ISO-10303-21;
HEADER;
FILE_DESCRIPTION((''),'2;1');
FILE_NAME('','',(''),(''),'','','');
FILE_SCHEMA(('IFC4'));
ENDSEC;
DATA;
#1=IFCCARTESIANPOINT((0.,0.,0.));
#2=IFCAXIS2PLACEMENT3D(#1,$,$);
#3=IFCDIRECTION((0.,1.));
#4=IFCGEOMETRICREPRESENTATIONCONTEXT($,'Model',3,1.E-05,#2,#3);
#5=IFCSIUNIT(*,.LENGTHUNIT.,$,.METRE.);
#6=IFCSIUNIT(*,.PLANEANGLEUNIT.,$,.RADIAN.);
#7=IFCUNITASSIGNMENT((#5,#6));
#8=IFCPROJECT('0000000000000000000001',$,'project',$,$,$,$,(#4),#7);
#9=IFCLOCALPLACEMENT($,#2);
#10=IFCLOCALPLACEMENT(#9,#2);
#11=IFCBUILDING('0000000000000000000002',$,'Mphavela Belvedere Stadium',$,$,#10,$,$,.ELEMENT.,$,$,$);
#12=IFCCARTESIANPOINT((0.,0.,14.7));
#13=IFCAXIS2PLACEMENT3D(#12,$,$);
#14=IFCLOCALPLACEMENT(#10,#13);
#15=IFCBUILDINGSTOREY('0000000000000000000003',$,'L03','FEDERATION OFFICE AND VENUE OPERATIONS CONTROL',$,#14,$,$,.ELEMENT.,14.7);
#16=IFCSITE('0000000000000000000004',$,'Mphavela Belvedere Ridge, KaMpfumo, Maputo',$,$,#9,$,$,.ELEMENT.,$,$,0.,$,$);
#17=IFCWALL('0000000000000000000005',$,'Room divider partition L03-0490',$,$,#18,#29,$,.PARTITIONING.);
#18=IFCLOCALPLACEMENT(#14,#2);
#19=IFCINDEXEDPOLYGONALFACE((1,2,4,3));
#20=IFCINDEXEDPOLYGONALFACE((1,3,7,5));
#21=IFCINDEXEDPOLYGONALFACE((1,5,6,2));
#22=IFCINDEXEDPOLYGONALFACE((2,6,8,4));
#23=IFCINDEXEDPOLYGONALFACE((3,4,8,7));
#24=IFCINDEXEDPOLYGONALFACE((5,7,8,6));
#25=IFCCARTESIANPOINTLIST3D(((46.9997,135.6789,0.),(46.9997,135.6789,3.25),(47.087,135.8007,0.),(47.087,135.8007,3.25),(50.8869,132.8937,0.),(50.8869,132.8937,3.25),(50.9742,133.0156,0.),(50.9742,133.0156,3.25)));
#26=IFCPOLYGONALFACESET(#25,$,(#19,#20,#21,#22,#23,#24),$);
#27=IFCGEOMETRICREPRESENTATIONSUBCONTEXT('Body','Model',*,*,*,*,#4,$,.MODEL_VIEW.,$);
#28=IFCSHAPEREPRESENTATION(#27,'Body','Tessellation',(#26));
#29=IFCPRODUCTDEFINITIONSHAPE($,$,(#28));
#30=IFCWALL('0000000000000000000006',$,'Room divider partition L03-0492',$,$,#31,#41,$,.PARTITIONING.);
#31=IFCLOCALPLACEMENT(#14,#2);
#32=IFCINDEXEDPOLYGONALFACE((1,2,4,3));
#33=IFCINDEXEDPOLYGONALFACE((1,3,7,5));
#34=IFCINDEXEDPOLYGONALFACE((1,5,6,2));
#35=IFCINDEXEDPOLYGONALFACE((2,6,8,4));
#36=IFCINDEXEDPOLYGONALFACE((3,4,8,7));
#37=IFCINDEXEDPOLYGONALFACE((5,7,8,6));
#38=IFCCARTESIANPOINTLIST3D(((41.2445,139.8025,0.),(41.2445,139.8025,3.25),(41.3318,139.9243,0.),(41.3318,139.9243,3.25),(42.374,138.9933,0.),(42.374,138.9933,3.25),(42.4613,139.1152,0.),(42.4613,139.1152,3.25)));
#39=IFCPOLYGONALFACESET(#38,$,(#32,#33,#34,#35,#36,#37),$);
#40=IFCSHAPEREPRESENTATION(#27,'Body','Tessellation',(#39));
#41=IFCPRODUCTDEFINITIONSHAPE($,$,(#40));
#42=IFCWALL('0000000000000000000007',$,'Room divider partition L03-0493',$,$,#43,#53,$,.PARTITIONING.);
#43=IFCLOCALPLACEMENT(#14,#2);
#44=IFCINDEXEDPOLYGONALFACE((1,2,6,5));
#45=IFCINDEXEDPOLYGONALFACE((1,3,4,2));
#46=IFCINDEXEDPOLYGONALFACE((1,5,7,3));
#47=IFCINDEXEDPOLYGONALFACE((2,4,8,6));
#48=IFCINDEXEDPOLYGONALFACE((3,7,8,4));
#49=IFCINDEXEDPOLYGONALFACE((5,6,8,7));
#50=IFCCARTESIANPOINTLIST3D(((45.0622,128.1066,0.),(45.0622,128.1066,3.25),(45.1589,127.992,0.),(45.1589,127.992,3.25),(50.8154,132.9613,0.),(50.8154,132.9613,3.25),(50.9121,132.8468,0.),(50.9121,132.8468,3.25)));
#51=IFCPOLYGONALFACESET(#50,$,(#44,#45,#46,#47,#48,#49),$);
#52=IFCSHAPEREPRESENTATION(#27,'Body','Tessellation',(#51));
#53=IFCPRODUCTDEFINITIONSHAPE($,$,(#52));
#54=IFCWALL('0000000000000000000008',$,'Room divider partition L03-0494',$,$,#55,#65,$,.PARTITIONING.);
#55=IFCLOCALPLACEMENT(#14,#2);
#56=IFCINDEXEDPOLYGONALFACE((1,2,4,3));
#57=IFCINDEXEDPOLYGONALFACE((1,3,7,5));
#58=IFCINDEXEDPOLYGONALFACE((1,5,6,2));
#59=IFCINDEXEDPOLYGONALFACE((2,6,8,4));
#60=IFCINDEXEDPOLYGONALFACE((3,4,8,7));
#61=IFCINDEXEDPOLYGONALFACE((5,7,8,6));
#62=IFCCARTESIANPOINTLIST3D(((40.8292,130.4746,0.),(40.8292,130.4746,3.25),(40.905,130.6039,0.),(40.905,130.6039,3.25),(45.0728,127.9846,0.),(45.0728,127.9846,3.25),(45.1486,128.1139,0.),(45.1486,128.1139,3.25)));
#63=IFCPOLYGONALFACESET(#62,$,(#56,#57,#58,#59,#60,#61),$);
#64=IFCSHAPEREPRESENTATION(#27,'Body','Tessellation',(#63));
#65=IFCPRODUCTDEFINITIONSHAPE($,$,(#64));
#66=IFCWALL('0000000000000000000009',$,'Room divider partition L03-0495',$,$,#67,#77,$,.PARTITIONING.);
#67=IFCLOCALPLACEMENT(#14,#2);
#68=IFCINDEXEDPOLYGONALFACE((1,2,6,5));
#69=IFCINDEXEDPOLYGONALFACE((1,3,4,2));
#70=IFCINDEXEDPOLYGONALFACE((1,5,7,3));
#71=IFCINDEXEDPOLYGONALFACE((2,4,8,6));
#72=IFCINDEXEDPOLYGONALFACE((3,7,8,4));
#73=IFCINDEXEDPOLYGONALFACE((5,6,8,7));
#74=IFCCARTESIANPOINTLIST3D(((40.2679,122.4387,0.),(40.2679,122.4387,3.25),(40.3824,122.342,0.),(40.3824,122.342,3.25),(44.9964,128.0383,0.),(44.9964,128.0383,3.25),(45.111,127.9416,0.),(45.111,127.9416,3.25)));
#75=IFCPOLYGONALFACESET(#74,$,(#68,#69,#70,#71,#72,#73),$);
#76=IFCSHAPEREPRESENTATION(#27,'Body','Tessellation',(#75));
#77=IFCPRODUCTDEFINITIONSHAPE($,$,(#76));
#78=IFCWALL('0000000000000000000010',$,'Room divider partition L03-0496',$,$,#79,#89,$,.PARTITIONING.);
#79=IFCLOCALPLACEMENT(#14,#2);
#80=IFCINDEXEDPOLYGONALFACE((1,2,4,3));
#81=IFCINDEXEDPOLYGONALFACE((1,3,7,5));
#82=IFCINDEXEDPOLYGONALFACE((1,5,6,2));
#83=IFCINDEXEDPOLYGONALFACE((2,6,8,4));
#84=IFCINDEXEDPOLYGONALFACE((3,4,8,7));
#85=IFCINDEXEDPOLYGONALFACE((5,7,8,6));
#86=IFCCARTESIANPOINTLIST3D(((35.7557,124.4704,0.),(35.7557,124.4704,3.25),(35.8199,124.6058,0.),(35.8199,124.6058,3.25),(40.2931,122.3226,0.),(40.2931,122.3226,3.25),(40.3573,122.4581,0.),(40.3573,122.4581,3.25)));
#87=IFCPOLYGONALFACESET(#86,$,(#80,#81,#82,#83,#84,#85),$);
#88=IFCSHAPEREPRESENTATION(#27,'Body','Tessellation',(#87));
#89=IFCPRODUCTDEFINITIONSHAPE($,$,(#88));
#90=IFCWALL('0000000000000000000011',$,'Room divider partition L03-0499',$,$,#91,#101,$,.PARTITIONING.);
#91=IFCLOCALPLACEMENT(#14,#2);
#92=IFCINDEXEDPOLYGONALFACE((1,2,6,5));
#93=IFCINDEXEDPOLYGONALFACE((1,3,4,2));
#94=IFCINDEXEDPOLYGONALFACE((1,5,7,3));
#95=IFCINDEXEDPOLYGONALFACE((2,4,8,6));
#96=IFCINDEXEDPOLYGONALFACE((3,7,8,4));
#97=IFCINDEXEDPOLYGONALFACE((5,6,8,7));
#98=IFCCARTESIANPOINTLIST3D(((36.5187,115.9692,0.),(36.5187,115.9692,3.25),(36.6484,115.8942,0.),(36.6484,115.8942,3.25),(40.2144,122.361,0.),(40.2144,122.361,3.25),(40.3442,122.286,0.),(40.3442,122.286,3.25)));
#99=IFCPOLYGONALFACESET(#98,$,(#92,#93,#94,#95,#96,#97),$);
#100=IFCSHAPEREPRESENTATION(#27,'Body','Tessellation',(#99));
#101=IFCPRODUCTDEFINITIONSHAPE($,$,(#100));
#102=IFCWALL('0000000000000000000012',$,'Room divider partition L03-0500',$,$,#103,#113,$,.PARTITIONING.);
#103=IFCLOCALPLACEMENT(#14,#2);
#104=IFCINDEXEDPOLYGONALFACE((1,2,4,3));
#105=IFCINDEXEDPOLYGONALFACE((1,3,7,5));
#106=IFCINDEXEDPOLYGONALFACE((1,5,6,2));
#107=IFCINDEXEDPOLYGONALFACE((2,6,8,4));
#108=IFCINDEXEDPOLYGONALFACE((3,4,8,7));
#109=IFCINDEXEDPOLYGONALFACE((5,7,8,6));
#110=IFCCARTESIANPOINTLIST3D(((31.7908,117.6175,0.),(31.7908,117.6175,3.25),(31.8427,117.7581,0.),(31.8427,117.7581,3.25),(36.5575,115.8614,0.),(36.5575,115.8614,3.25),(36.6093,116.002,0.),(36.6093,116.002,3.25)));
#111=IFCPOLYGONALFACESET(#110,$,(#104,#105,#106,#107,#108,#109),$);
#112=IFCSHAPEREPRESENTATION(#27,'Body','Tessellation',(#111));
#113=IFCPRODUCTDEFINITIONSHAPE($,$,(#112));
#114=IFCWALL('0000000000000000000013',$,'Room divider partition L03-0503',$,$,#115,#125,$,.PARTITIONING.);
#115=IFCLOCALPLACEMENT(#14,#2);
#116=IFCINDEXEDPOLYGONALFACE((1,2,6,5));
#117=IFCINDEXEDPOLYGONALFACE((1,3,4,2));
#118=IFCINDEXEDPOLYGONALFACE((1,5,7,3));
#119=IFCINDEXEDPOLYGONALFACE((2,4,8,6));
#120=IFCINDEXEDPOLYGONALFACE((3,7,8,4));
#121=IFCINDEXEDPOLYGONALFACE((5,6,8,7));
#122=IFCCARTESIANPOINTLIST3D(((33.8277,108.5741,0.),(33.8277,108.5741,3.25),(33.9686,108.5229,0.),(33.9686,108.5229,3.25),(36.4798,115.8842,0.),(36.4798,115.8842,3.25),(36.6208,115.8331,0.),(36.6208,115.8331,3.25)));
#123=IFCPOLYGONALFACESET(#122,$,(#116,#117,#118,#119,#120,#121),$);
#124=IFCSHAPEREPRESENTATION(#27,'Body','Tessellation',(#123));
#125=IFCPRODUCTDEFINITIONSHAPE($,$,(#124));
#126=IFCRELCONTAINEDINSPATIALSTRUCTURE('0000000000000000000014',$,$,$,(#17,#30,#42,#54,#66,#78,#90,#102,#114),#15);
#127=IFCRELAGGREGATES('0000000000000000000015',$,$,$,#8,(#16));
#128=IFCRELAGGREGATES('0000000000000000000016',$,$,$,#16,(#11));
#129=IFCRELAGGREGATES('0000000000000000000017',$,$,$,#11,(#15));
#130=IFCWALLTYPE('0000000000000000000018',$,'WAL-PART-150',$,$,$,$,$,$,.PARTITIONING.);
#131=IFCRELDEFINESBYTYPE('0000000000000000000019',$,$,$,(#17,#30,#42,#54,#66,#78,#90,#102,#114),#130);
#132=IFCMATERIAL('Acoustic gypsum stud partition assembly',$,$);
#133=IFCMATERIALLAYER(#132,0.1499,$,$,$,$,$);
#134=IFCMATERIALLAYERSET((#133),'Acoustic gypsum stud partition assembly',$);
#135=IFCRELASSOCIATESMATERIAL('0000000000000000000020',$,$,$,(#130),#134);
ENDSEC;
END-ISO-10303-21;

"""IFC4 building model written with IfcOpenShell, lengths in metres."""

from ifc_helpers import new_model, si_unit, direction, frame, frame_2d, origin, place, context, subcontext, project, spatial, rectangle, extrude, material, layer, layer_set, type_object, element, save


model = new_model("IFC4")

# Units and contexts
model_context = context("Model", 3, precision=1e-05, world=origin(), true_north=direction((0.0, 1.0)))
body_context = subcontext(model_context, "Body", "Model", "MODEL_VIEW")
ifc_project = project(units=[si_unit("LENGTHUNIT", "METRE"), si_unit("PLANEANGLEUNIT", "RADIAN")], contexts=[model_context])

# Site, building, storey
site_placement = place(None, origin())
site = spatial("IfcSite", under=ifc_project, at=site_placement, Name="Mphavela Belvedere Ridge, KaMpfumo, Maputo", CompositionType="ELEMENT", RefElevation=0.0)
building_placement = place(site_placement, origin())
building = spatial("IfcBuilding", under=site, at=building_placement, Name="Mphavela Belvedere Stadium", CompositionType="ELEMENT")
storey_placement = place(building_placement, frame((0.0, 0.0, 14.7)))
storey = spatial("IfcBuildingStorey", under=building, at=storey_placement, Name="L03", Description="FEDERATION OFFICE AND VENUE OPERATIONS CONTROL", CompositionType="ELEMENT", Elevation=14.7)

# Shared definitions
ifc_material_1 = material(Name="Acoustic gypsum stud partition assembly")
ifc_layer_1 = layer(ifc_material_1, 0.1499)
ifc_layer_set_1 = layer_set([ifc_layer_1], Name="Acoustic gypsum stud partition assembly")
wall_type_1 = type_object("IfcWallType", Name="WAL-PART-150", PredefinedType="PARTITIONING", material=ifc_layer_set_1)

# Walls
wall_1_placement = place(storey_placement, frame((50.9307, 132.9546, 0.0), z_axis=(0.0, 0.0, 1.0), x_axis=(-0.812884, 0.582426, 0.0)))
element("IfcWall", 1, at=wall_1_placement, inside=storey, type_object=wall_type_1, Name="Room divider partition L03-0490", PredefinedType="PARTITIONING", context=body_context, shape_type="SweptSolid", body=[
    extrude(rectangle(XDim=4.782, YDim=0.1499, at=frame_2d((2.3911, 0.0))), origin(), (0.0, 0.0, 1.0), 3.25),
])
wall_2_placement = place(storey_placement, frame((42.4177, 139.0542, 0.0), z_axis=(0.0, 0.0, 1.0), x_axis=(-0.812925, 0.582368, 0.0)))
element("IfcWall", 2, at=wall_2_placement, inside=storey, type_object=wall_type_1, Name="Room divider partition L03-0492", PredefinedType="PARTITIONING", context=body_context, shape_type="SweptSolid", body=[
    extrude(rectangle(XDim=1.3894, YDim=0.1499, at=frame_2d((0.6948, 0.0))), origin(), (0.0, 0.0, 1.0), 3.25),
])
wall_3_placement = place(storey_placement, frame((50.8638, 132.9041, 0.0), z_axis=(0.0, 0.0, 1.0), x_axis=(-0.764259, -0.644909, 0.0)))
element("IfcWall", 3, at=wall_3_placement, inside=storey, type_object=wall_type_1, Name="Room divider partition L03-0493", PredefinedType="PARTITIONING", context=body_context, shape_type="SweptSolid", body=[
    extrude(rectangle(XDim=7.5278, YDim=0.1499, at=frame_2d((3.7639, 0.0))), origin(), (0.0, 0.0, 1.0), 3.25),
])
wall_4_placement = place(storey_placement, frame((45.1106, 128.0493, 0.0), z_axis=(0.0, 0.0, 1.0), x_axis=(-0.862491, 0.506072, 0.0)))
element("IfcWall", 4, at=wall_4_placement, inside=storey, type_object=wall_type_1, Name="Room divider partition L03-0494", PredefinedType="PARTITIONING", context=body_context, shape_type="SweptSolid", body=[
    extrude(rectangle(XDim=4.9202, YDim=0.1499, at=frame_2d((2.46, 0.0))), origin(), (0.0, 0.0, 1.0), 3.25),
])
wall_5_placement = place(storey_placement, frame((45.0537, 127.99, 0.0), z_axis=(0.0, 0.0, 1.0), x_axis=(-0.645177, -0.764033, 0.0)))
element("IfcWall", 5, at=wall_5_placement, inside=storey, type_object=wall_type_1, Name="Room divider partition L03-0495", PredefinedType="PARTITIONING", context=body_context, shape_type="SweptSolid", body=[
    extrude(rectangle(XDim=7.3291, YDim=0.1499, at=frame_2d((3.6646, 0.0))), origin(), (0.0, 0.0, 1.0), 3.25),
])
wall_6_placement = place(storey_placement, frame((40.3252, 122.3904, 0.0), z_axis=(0.0, 0.0, 1.0), x_axis=(-0.903859, 0.427831, 0.0)))
element("IfcWall", 6, at=wall_6_placement, inside=storey, type_object=wall_type_1, Name="Room divider partition L03-0496", PredefinedType="PARTITIONING", context=body_context, shape_type="SweptSolid", body=[
    extrude(rectangle(XDim=5.02, YDim=0.1499, at=frame_2d((2.51, 0.0))), origin(), (0.0, 0.0, 1.0), 3.25),
])
wall_7_placement = place(storey_placement, frame((40.2793, 122.3235, 0.0), z_axis=(0.0, 0.0, 1.0), x_axis=(-0.500555, -0.865705, 0.0)))
element("IfcWall", 7, at=wall_7_placement, inside=storey, type_object=wall_type_1, Name="Room divider partition L03-0499", PredefinedType="PARTITIONING", context=body_context, shape_type="SweptSolid", body=[
    extrude(rectangle(XDim=7.3833, YDim=0.1499, at=frame_2d((3.6917, 0.0))), origin(), (0.0, 0.0, 1.0), 3.25),
])
wall_8_placement = place(storey_placement, frame((36.5835, 115.9316, 0.0), z_axis=(0.0, 0.0, 1.0), x_axis=(-0.938344, 0.345703, 0.0)))
element("IfcWall", 8, at=wall_8_placement, inside=storey, type_object=wall_type_1, Name="Room divider partition L03-0500", PredefinedType="PARTITIONING", context=body_context, shape_type="SweptSolid", body=[
    extrude(rectangle(XDim=5.0798, YDim=0.1499, at=frame_2d((2.54, 0.0))), origin(), (0.0, 0.0, 1.0), 3.25),
])
wall_9_placement = place(storey_placement, frame((36.5503, 115.8586, 0.0), z_axis=(0.0, 0.0, 1.0), x_axis=(-0.34105, -0.940045, 0.0)))
element("IfcWall", 9, at=wall_9_placement, inside=storey, type_object=wall_type_1, Name="Room divider partition L03-0503", PredefinedType="PARTITIONING", context=body_context, shape_type="SweptSolid", body=[
    extrude(rectangle(XDim=7.7764, YDim=0.1499, at=frame_2d((3.8882, 0.0))), origin(), (0.0, 0.0, 1.0), 3.25),
])

save(model, "model.ifc")
